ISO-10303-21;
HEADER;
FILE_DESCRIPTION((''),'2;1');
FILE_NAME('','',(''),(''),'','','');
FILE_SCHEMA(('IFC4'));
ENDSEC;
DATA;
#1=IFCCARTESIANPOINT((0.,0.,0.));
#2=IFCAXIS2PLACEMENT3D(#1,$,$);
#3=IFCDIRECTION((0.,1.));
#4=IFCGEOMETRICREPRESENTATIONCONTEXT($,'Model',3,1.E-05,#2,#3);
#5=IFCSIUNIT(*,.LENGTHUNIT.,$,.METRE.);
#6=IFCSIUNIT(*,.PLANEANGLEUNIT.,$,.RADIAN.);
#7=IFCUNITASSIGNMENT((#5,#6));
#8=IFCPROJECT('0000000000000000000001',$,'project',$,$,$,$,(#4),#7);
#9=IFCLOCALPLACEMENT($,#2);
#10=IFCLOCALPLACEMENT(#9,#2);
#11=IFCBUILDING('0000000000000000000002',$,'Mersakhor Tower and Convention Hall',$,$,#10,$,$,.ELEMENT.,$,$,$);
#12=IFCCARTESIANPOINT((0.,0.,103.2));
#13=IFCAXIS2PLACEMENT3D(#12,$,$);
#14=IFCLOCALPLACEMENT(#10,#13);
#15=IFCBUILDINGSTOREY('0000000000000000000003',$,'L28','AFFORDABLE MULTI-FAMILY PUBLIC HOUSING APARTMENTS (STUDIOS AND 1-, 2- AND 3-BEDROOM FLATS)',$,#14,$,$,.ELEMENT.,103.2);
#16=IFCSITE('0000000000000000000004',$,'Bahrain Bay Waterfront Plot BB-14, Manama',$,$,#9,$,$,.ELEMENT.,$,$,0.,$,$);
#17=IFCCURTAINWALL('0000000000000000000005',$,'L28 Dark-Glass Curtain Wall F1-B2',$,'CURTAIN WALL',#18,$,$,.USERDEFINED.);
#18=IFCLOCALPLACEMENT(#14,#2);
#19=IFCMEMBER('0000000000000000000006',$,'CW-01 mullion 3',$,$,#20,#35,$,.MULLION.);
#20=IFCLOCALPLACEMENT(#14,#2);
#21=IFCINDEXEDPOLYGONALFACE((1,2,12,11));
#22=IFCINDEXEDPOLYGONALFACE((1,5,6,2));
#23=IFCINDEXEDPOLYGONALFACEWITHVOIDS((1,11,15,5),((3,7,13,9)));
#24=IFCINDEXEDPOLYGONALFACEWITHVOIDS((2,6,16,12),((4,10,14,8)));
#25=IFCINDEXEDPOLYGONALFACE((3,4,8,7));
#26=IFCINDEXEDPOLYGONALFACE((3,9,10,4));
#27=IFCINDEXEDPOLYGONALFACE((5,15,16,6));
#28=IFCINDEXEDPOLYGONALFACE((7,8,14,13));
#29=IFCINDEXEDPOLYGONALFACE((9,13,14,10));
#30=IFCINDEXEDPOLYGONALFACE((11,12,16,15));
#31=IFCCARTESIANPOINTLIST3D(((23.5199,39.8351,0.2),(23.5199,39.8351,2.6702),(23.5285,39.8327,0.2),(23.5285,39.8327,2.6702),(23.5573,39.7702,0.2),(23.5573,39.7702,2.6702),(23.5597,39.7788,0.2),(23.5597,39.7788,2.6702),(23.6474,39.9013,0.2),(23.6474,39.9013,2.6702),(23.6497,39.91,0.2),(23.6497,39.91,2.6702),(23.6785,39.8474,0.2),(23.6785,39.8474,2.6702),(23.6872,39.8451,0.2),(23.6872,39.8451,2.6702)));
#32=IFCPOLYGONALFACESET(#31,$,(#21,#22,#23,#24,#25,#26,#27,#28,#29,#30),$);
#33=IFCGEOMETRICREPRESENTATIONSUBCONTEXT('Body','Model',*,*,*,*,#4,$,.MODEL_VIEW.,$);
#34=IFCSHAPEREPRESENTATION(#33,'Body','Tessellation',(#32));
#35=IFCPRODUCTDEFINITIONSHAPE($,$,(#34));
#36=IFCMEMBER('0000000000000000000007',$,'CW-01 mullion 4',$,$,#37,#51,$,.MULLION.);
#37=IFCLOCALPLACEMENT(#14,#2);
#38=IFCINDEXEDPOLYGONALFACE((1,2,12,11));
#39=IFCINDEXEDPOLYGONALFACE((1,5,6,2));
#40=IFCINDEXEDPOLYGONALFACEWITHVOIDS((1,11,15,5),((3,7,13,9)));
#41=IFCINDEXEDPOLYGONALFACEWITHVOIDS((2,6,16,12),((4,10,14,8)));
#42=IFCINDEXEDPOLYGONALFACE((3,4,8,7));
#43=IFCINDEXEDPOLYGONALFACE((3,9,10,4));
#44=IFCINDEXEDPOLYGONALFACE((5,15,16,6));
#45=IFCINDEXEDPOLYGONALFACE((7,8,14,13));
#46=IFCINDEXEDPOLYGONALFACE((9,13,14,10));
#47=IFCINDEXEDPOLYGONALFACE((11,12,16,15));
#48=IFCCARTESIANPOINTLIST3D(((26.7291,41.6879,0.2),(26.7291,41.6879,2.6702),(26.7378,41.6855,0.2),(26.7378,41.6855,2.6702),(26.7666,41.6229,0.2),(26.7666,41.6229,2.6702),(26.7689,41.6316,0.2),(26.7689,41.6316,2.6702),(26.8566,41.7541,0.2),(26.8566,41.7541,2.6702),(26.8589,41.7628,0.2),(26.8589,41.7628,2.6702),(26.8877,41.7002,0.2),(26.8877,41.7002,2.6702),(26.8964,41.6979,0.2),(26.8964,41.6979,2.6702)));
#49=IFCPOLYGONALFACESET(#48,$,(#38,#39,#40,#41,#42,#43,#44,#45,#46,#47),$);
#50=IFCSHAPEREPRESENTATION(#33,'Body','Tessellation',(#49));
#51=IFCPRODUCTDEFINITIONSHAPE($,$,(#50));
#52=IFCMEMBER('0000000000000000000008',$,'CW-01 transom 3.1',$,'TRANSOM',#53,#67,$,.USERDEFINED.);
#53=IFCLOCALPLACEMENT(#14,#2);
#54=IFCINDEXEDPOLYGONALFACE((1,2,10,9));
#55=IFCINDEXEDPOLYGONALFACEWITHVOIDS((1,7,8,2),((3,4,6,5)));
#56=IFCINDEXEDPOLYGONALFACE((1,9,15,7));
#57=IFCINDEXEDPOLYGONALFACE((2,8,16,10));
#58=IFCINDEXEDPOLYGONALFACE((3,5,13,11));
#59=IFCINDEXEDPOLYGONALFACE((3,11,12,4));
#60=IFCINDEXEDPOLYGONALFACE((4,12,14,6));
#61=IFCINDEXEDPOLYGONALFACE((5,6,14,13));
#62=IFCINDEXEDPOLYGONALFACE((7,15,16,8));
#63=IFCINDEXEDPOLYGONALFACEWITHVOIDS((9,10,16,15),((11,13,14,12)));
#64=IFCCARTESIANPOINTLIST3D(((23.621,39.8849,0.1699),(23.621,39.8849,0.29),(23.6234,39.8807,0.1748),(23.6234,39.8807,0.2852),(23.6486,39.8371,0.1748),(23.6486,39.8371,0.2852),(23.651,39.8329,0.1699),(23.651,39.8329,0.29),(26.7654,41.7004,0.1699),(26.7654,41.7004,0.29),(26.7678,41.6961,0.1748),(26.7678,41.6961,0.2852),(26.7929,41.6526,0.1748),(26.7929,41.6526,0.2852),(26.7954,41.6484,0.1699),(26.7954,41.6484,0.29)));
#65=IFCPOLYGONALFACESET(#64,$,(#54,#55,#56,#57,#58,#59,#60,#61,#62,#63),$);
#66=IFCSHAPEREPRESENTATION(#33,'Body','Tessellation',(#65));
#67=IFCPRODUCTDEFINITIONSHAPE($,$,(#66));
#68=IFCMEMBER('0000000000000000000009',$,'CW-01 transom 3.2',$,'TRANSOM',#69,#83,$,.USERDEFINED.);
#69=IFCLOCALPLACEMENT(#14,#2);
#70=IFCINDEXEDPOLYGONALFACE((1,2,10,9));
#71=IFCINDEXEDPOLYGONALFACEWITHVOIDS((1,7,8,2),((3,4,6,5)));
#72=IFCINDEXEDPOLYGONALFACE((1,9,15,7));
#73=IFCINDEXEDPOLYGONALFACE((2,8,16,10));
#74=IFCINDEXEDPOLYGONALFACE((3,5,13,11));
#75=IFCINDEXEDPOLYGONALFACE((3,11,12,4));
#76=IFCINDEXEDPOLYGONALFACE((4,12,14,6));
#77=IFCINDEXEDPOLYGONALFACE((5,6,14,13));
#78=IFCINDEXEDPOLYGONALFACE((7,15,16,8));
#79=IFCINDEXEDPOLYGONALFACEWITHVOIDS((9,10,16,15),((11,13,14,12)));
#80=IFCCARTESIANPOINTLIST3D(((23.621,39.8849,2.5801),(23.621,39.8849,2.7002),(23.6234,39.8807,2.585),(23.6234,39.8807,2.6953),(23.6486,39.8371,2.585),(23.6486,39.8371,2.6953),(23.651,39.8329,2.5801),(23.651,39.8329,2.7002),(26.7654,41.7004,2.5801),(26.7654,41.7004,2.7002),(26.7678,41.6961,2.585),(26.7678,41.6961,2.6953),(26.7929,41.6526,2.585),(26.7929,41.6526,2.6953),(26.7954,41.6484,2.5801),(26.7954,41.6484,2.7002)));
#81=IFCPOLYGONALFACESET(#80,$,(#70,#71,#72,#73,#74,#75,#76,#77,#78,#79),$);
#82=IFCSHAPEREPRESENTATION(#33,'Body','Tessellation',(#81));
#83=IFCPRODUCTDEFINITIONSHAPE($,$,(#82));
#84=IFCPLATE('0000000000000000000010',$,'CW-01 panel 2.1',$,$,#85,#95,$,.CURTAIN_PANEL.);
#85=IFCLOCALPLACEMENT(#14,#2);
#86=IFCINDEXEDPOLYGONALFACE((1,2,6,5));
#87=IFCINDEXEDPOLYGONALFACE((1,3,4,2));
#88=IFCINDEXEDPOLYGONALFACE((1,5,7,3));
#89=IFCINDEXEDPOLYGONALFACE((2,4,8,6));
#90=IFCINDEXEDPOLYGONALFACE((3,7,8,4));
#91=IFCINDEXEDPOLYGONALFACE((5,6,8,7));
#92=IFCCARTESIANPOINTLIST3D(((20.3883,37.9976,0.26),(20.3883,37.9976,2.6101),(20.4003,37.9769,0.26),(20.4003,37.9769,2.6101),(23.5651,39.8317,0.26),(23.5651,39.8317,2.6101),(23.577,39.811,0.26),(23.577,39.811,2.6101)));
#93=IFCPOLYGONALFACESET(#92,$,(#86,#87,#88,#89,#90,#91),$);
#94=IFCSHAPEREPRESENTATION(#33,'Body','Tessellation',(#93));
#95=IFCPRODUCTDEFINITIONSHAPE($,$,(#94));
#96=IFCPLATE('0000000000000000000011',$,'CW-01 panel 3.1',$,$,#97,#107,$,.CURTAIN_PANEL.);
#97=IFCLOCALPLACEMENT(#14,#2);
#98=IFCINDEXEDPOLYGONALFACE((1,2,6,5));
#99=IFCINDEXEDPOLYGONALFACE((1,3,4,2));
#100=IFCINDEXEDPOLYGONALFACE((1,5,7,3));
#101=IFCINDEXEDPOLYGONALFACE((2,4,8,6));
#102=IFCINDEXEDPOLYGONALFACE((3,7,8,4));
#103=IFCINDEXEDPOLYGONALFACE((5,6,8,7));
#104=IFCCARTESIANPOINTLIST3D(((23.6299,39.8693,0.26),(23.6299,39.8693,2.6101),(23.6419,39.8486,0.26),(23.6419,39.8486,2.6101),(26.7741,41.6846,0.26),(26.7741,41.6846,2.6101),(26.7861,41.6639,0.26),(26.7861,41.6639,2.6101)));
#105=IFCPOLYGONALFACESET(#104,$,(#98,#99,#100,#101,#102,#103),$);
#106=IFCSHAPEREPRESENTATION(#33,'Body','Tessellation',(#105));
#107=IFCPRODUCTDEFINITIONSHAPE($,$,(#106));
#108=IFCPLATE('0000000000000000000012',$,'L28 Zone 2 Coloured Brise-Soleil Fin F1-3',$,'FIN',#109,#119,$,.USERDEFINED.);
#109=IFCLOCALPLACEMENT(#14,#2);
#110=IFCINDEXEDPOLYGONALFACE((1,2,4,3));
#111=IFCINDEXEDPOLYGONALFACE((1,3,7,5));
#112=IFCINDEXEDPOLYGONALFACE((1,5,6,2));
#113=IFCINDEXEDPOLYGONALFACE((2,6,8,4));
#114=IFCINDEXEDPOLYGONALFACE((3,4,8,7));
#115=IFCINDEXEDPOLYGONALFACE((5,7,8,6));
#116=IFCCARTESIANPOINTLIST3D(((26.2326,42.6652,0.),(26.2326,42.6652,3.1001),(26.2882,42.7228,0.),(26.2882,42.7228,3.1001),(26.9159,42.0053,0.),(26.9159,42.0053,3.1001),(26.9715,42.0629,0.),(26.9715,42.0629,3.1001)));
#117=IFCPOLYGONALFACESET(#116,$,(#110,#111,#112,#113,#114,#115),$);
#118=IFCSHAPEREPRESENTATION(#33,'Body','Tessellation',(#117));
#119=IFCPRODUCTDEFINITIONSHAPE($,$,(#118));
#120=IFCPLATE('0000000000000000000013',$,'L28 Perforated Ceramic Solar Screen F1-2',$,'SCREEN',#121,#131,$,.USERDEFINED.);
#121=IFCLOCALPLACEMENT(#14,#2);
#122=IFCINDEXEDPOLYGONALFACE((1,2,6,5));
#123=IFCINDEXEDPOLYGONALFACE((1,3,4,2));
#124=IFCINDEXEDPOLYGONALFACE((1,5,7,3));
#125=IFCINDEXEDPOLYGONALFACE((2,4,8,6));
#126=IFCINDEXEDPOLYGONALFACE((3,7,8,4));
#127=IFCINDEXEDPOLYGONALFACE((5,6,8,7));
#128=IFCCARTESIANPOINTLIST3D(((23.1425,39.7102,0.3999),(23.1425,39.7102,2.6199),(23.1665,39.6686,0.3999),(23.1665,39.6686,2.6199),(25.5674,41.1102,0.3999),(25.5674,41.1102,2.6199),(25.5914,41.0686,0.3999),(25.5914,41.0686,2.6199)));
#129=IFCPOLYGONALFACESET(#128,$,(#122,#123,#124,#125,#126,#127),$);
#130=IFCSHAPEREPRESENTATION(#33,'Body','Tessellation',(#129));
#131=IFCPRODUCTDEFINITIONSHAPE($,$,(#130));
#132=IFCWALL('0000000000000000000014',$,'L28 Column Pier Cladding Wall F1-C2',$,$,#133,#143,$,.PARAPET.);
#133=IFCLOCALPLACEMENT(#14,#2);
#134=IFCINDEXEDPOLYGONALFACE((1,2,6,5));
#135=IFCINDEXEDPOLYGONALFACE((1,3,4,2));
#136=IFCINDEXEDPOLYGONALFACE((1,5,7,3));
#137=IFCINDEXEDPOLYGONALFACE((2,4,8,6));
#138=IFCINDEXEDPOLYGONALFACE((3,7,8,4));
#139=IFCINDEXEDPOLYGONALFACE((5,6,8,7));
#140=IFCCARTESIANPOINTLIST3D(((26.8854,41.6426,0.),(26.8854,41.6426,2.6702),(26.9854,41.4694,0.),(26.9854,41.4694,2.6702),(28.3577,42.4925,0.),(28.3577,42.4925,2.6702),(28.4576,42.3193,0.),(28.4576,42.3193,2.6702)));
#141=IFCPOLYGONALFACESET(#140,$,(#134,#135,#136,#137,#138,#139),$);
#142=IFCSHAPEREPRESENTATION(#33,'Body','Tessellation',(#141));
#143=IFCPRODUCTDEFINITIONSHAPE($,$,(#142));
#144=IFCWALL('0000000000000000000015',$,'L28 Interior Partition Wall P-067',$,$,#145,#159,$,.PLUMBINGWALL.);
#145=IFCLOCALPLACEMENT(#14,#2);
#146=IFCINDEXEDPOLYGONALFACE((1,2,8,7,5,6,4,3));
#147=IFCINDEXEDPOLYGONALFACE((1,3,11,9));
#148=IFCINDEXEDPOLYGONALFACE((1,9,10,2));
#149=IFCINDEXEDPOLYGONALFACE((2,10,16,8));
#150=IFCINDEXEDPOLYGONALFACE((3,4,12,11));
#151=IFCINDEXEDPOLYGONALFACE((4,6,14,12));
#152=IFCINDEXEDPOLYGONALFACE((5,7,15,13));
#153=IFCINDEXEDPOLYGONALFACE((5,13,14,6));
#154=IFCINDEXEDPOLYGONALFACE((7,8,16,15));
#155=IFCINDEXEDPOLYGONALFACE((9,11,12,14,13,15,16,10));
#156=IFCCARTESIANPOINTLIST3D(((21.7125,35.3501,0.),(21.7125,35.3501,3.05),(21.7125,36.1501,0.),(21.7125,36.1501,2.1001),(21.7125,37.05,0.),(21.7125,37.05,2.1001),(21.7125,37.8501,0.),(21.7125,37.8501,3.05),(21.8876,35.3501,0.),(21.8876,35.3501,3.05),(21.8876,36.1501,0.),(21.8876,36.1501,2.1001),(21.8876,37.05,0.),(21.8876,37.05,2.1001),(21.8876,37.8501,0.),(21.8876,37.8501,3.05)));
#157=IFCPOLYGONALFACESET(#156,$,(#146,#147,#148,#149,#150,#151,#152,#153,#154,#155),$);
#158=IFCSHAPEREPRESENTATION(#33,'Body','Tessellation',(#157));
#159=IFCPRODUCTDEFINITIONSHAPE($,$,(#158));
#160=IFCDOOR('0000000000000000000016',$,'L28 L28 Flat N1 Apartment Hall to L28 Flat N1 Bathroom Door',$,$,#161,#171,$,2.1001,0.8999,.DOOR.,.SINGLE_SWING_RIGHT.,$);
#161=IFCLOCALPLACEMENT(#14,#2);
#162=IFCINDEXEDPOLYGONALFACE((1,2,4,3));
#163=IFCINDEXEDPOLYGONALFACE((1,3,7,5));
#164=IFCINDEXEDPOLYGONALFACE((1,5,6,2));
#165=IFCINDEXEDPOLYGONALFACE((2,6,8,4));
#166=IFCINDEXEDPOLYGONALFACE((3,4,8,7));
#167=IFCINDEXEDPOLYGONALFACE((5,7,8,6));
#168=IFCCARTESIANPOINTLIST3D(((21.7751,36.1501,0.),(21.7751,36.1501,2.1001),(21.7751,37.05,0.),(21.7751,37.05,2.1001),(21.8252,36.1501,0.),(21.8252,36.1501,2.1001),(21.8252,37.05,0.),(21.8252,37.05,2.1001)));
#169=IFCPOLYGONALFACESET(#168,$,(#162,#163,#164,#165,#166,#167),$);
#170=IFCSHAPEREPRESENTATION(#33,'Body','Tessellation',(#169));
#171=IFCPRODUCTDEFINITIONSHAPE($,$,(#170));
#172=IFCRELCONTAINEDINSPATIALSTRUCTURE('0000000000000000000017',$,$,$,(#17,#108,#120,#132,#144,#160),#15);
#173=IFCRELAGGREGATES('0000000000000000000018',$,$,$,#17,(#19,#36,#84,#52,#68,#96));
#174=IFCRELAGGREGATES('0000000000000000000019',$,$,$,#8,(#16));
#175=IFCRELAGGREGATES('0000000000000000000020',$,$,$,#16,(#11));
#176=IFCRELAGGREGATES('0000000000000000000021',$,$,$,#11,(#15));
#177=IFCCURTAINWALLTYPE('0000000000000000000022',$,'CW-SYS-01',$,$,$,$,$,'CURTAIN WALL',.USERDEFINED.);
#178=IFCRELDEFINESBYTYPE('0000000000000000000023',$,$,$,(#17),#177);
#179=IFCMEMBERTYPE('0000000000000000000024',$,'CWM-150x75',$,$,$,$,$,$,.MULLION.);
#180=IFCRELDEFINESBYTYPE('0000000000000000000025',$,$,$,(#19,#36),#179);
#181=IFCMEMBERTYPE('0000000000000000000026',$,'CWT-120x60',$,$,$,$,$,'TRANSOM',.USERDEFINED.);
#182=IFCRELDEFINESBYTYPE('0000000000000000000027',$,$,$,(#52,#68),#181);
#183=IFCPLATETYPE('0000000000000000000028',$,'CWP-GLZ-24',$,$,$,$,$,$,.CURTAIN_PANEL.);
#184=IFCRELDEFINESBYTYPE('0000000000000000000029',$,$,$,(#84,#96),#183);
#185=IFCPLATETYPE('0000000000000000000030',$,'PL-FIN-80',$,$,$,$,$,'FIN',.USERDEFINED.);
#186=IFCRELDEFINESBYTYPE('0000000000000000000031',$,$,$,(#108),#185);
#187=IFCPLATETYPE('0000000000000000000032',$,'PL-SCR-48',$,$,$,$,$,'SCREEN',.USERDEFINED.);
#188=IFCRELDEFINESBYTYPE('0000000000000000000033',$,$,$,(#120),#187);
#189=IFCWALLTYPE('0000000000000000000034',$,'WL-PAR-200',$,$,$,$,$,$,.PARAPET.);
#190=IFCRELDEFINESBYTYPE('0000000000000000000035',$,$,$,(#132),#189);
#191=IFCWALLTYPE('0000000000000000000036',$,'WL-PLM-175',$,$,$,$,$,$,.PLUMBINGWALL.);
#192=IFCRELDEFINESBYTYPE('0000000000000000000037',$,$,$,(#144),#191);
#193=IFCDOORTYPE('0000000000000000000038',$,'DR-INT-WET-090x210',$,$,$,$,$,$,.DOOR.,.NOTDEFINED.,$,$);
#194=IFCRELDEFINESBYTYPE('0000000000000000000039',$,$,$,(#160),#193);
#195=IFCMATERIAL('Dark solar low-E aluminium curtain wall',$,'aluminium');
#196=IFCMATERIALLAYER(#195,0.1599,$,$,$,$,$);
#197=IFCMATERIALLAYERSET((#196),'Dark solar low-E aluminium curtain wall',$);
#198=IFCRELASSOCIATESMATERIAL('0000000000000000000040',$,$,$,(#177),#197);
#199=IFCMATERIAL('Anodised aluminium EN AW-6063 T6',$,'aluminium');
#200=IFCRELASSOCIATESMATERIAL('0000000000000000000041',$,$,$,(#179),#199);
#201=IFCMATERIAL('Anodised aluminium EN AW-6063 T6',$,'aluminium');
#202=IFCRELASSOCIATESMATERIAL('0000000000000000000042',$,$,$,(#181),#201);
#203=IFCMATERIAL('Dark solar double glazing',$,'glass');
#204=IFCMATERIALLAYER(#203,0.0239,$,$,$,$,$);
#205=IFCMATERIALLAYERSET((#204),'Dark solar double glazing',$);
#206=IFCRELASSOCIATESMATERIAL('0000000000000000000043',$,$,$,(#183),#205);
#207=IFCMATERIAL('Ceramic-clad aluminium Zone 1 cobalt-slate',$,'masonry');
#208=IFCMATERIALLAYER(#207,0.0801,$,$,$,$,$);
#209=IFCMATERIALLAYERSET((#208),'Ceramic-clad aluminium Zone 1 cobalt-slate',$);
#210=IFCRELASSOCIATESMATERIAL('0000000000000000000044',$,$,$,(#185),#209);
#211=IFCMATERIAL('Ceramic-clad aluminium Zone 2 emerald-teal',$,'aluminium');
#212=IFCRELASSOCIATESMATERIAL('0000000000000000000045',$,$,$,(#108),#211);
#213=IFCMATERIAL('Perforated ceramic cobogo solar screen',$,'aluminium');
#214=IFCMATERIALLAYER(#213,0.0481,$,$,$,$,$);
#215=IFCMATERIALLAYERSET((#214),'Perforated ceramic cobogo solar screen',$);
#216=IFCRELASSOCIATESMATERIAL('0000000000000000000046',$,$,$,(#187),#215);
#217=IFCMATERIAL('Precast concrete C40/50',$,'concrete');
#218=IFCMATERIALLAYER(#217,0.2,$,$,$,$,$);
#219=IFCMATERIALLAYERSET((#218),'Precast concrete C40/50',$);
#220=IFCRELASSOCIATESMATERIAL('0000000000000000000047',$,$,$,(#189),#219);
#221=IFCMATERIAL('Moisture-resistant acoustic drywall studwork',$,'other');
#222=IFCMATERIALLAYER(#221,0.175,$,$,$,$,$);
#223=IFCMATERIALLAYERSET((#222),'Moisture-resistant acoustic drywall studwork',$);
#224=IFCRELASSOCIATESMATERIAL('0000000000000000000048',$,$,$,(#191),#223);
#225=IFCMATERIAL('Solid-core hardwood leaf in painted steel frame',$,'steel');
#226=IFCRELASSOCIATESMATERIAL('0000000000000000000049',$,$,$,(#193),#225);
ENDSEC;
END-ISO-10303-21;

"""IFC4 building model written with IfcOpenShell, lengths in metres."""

from ifc_helpers import new_model, si_unit, direction, frame, frame_2d, origin, origin_2d, place, context, subcontext, project, spatial, rectangle, hollow_rectangle, extrude, material, layer, layer_set, material_profile, profile_set, type_object, element, fill, aggregate, save


model = new_model("IFC4")

# Units and contexts
model_context = context("Model", 3, precision=1e-05, world=origin(), true_north=direction((0.0, 1.0)))
body_context = subcontext(model_context, "Body", "Model", "MODEL_VIEW")
ifc_project = project(units=[si_unit("LENGTHUNIT", "METRE"), si_unit("PLANEANGLEUNIT", "RADIAN")], contexts=[model_context])

# Site, building, storey
site_placement = place(None, origin())
site = spatial("IfcSite", under=ifc_project, at=site_placement, Name="Bahrain Bay Waterfront Plot BB-14, Manama", CompositionType="ELEMENT", RefElevation=0.0)
building_placement = place(site_placement, origin())
building = spatial("IfcBuilding", under=site, at=building_placement, Name="Mersakhor Tower and Convention Hall", CompositionType="ELEMENT")
storey_placement = place(building_placement, frame((0.0, 0.0, 103.2)))
storey = spatial("IfcBuildingStorey", under=building, at=storey_placement, Name="L28", Description="AFFORDABLE MULTI-FAMILY PUBLIC HOUSING APARTMENTS (STUDIOS AND 1-, 2- AND 3-BEDROOM FLATS)", CompositionType="ELEMENT", Elevation=103.2)

# Curtain wall, members, plates
ifc_material_1 = material(Name="Dark solar low-E aluminium curtain wall", Category="aluminium")
ifc_layer_1 = layer(ifc_material_1, 0.1599)
ifc_layer_set_1 = layer_set([ifc_layer_1], Name="Dark solar low-E aluminium curtain wall")
curtain_wall_type = type_object("IfcCurtainWallType", Name="CW-SYS-01", ElementType="CURTAIN WALL", PredefinedType="USERDEFINED", material=ifc_layer_set_1)
curtain_wall_placement = place(storey_placement, origin())
curtain_wall = element("IfcCurtainWall", 1, at=curtain_wall_placement, inside=storey, type_object=curtain_wall_type, Name="L28 Dark-Glass Curtain Wall F1-B2", ObjectType="CURTAIN WALL", PredefinedType="USERDEFINED")
ifc_material_2 = material(Name="Anodised aluminium EN AW-6063 T6", Category="aluminium")
ifc_material_profile_1 = material_profile(ifc_material_2, hollow_rectangle(XDim=0.075, YDim=0.1499, WallThickness=0.0063, at=origin_2d()), Name="RHS 150x75x6.3")
ifc_profile_set_1 = profile_set([ifc_material_profile_1], Name="Anodised aluminium EN AW-6063 T6")
member_type_1 = type_object("IfcMemberType", Name="CWM-150x75", PredefinedType="MULLION", material=ifc_profile_set_1)
member_1_placement = place(storey_placement, frame((23.6035, 39.8401, 0.2), z_axis=(0.0, 0.0, 1.0), x_axis=(-0.499998, 0.866027, 0.0)))
member_1 = element("IfcMember", 2, at=member_1_placement, type_object=member_type_1, Name="CW-01 mullion 3", PredefinedType="MULLION", context=body_context, shape_type="SweptSolid", body=[
    extrude(hollow_rectangle(XDim=0.075, YDim=0.1499, WallThickness=0.0063, at=origin_2d()), origin(), (0.0, 0.0, 1.0), 2.4702),
])
member_2_placement = place(storey_placement, frame((26.8127, 41.6929, 0.2), z_axis=(0.0, 0.0, 1.0), x_axis=(-0.499998, 0.866027, 0.0)))
member_2 = element("IfcMember", 3, at=member_2_placement, type_object=member_type_1, Name="CW-01 mullion 4", PredefinedType="MULLION", context=body_context, shape_type="SweptSolid", body=[
    extrude(hollow_rectangle(XDim=0.075, YDim=0.1499, WallThickness=0.0063, at=origin_2d()), origin(), (0.0, 0.0, 1.0), 2.4702),
])
ifc_material_3 = material(Name="Anodised aluminium EN AW-6063 T6", Category="aluminium")
ifc_material_profile_2 = material_profile(ifc_material_3, hollow_rectangle(XDim=0.0601, YDim=0.1201, WallThickness=0.0049, at=origin_2d()), Name="RHS 120x60x5")
ifc_profile_set_2 = profile_set([ifc_material_profile_2], Name="Anodised aluminium EN AW-6063 T6")
member_type_2 = type_object("IfcMemberType", Name="CWT-120x60", ElementType="TRANSOM", PredefinedType="USERDEFINED", material=ifc_profile_set_2)
member_3_placement = place(storey_placement, frame((23.636, 39.8589, 0.23), z_axis=(0.866016, 0.500015, 0.0), x_axis=(-0.500015, 0.866016, 0.0)))
member_3 = element("IfcMember", 4, at=member_3_placement, type_object=member_type_2, Name="CW-01 transom 3.1", ObjectType="TRANSOM", PredefinedType="USERDEFINED", context=body_context, shape_type="SweptSolid", body=[
    extrude(hollow_rectangle(XDim=0.0601, YDim=0.1201, WallThickness=0.0049, at=origin_2d()), origin(), (0.0, 0.0, 1.0), 3.6309),
])
member_4_placement = place(storey_placement, frame((23.636, 39.8589, 2.6401), z_axis=(0.866016, 0.500015, 0.0), x_axis=(-0.500015, 0.866016, 0.0)))
member_4 = element("IfcMember", 5, at=member_4_placement, type_object=member_type_2, Name="CW-01 transom 3.2", ObjectType="TRANSOM", PredefinedType="USERDEFINED", context=body_context, shape_type="SweptSolid", body=[
    extrude(hollow_rectangle(XDim=0.0601, YDim=0.1201, WallThickness=0.0049, at=origin_2d()), origin(), (0.0, 0.0, 1.0), 3.6309),
])
ifc_material_4 = material(Name="Dark solar double glazing", Category="glass")
ifc_layer_2 = layer(ifc_material_4, 0.0239)
ifc_layer_set_2 = layer_set([ifc_layer_2], Name="Dark solar double glazing")
plate_type_1 = type_object("IfcPlateType", Name="CWP-GLZ-24", PredefinedType="CURTAIN_PANEL", material=ifc_layer_set_2)
plate_1_placement = place(storey_placement, frame((21.9827, 38.9043, 0.26), z_axis=(0.0, 0.0, 1.0), x_axis=(0.866027, 0.499998, 0.0)))
plate_1 = element("IfcPlate", 6, at=plate_1_placement, type_object=plate_type_1, Name="CW-01 panel 2.1", PredefinedType="CURTAIN_PANEL", context=body_context, shape_type="SweptSolid", body=[
    extrude(rectangle(XDim=3.6682, YDim=0.0239, at=origin_2d()), origin(), (0.0, 0.0, 1.0), 2.3501),
])
plate_2_placement = place(storey_placement, frame((25.208, 40.7666, 0.26), z_axis=(0.0, 0.0, 1.0), x_axis=(0.866027, 0.499998, 0.0)))
plate_2 = element("IfcPlate", 7, at=plate_2_placement, type_object=plate_type_1, Name="CW-01 panel 3.1", PredefinedType="CURTAIN_PANEL", context=body_context, shape_type="SweptSolid", body=[
    extrude(rectangle(XDim=3.6306, YDim=0.0239, at=origin_2d()), origin(), (0.0, 0.0, 1.0), 2.3501),
])
aggregate(curtain_wall, [member_1, member_2, plate_1, member_3, member_4, plate_2])

# Plates
ifc_material_5 = material(Name="Ceramic-clad aluminium Zone 2 emerald-teal", Category="aluminium")
ifc_material_6 = material(Name="Ceramic-clad aluminium Zone 1 cobalt-slate", Category="masonry")
ifc_layer_3 = layer(ifc_material_6, 0.0801)
ifc_layer_set_3 = layer_set([ifc_layer_3], Name="Ceramic-clad aluminium Zone 1 cobalt-slate")
plate_type_2 = type_object("IfcPlateType", Name="PL-FIN-80", ElementType="FIN", PredefinedType="USERDEFINED", material=ifc_layer_set_3)
plate_3_placement = place(storey_placement, frame((26.6021, 42.364, 0.0), z_axis=(0.0, 0.0, 1.0), x_axis=(-0.71934, 0.694658, 0.0)))
element("IfcPlate", 8, at=plate_3_placement, inside=storey, type_object=plate_type_2, material=ifc_material_5, Name="L28 Zone 2 Coloured Brise-Soleil Fin F1-3", ObjectType="FIN", PredefinedType="USERDEFINED", context=body_context, shape_type="SweptSolid", body=[
    extrude(rectangle(XDim=0.95, YDim=0.0801, at=origin_2d()), origin(), (0.0, 0.0, 1.0), 3.1001),
])
ifc_material_7 = material(Name="Perforated ceramic cobogo solar screen", Category="aluminium")
ifc_layer_4 = layer(ifc_material_7, 0.0481)
ifc_layer_set_4 = layer_set([ifc_layer_4], Name="Perforated ceramic cobogo solar screen")
plate_type_3 = type_object("IfcPlateType", Name="PL-SCR-48", ElementType="SCREEN", PredefinedType="USERDEFINED", material=ifc_layer_set_4)
plate_4_placement = place(storey_placement, frame((24.3669, 40.3894, 0.3999), z_axis=(0.0, 0.0, 1.0), x_axis=(0.866025, 0.5, 0.0)))
element("IfcPlate", 9, at=plate_4_placement, inside=storey, type_object=plate_type_3, Name="L28 Perforated Ceramic Solar Screen F1-2", ObjectType="SCREEN", PredefinedType="USERDEFINED", context=body_context, shape_type="SweptSolid", body=[
    extrude(rectangle(XDim=2.8, YDim=0.0481, at=origin_2d()), origin(), (0.0, 0.0, 1.0), 2.22),
])

# Wall
ifc_material_8 = material(Name="Precast concrete C40/50", Category="concrete")
ifc_layer_5 = layer(ifc_material_8, 0.2)
ifc_layer_set_5 = layer_set([ifc_layer_5], Name="Precast concrete C40/50")
wall_type_1 = type_object("IfcWallType", Name="WL-PAR-200", PredefinedType="PARAPET", material=ifc_layer_set_5)
wall_1_placement = place(storey_placement, frame((26.9353, 41.5559, 0.0), z_axis=(0.0, 0.0, 1.0), x_axis=(0.866052, 0.499955, 0.0)))
element("IfcWall", 10, at=wall_1_placement, inside=storey, type_object=wall_type_1, Name="L28 Column Pier Cladding Wall F1-C2", PredefinedType="PARAPET", context=body_context, shape_type="SweptSolid", body=[
    extrude(rectangle(XDim=1.7, YDim=0.2, at=frame_2d((0.8501, 0.0))), origin(), (0.0, 0.0, 1.0), 2.6702),
])

# Wall, opening, door
ifc_material_9 = material(Name="Moisture-resistant acoustic drywall studwork", Category="other")
ifc_layer_6 = layer(ifc_material_9, 0.175)
ifc_layer_set_6 = layer_set([ifc_layer_6], Name="Moisture-resistant acoustic drywall studwork")
wall_type_2 = type_object("IfcWallType", Name="WL-PLM-175", PredefinedType="PLUMBINGWALL", material=ifc_layer_set_6)
wall_2_placement = place(storey_placement, frame((21.8, 35.3501, 0.0), z_axis=(0.0, 0.0, 1.0), x_axis=(0.0, 1.0, 0.0)))
wall_2 = element("IfcWall", 11, at=wall_2_placement, inside=storey, type_object=wall_type_2, Name="L28 Interior Partition Wall P-067", PredefinedType="PLUMBINGWALL", context=body_context, shape_type="SweptSolid", body=[
    extrude(rectangle(XDim=2.5, YDim=0.175, at=frame_2d((1.25, 0.0))), origin(), (0.0, 0.0, 1.0), 3.05),
])
opening_1_placement = place(wall_2_placement, frame((0.8, 0.0, 0.0)))
opening_1 = element("IfcOpeningElement", 12, at=opening_1_placement, cuts=wall_2, PredefinedType="OPENING", context=body_context, shape_type="SweptSolid", body=[
    extrude(rectangle(XDim=0.8999, YDim=2.1001, at=frame_2d((0.45, 1.05))), frame((0.0, 0.0974, 0.0), z_axis=(0.0, -1.0, 0.0), x_axis=(1.0, 0.0, 0.0)), (0.0, 0.0, 1.0), 0.1951),
])
ifc_material_10 = material(Name="Solid-core hardwood leaf in painted steel frame", Category="steel")
door_type_1 = type_object("IfcDoorType", Name="DR-INT-WET-090x210", OperationType="NOTDEFINED", PredefinedType="DOOR", material=ifc_material_10)
door_1_placement = place(opening_1_placement, origin())
door_1 = element("IfcDoor", 13, at=door_1_placement, inside=storey, type_object=door_type_1, Name="L28 L28 Flat N1 Apartment Hall to L28 Flat N1 Bathroom Door", OperationType="SINGLE_SWING_RIGHT", OverallHeight=2.1001, OverallWidth=0.8999, PredefinedType="DOOR", context=body_context, shape_type="SweptSolid", body=[
    extrude(rectangle(XDim=0.8999, YDim=2.1001, at=frame_2d((0.45, 1.05))), frame((0.0, 0.0249, 0.0), z_axis=(0.0, -1.0, 0.0), x_axis=(1.0, 0.0, 0.0)), (0.0, 0.0, 1.0), 0.05),
])
fill(opening_1, door_1)

save(model, "model.ifc")
